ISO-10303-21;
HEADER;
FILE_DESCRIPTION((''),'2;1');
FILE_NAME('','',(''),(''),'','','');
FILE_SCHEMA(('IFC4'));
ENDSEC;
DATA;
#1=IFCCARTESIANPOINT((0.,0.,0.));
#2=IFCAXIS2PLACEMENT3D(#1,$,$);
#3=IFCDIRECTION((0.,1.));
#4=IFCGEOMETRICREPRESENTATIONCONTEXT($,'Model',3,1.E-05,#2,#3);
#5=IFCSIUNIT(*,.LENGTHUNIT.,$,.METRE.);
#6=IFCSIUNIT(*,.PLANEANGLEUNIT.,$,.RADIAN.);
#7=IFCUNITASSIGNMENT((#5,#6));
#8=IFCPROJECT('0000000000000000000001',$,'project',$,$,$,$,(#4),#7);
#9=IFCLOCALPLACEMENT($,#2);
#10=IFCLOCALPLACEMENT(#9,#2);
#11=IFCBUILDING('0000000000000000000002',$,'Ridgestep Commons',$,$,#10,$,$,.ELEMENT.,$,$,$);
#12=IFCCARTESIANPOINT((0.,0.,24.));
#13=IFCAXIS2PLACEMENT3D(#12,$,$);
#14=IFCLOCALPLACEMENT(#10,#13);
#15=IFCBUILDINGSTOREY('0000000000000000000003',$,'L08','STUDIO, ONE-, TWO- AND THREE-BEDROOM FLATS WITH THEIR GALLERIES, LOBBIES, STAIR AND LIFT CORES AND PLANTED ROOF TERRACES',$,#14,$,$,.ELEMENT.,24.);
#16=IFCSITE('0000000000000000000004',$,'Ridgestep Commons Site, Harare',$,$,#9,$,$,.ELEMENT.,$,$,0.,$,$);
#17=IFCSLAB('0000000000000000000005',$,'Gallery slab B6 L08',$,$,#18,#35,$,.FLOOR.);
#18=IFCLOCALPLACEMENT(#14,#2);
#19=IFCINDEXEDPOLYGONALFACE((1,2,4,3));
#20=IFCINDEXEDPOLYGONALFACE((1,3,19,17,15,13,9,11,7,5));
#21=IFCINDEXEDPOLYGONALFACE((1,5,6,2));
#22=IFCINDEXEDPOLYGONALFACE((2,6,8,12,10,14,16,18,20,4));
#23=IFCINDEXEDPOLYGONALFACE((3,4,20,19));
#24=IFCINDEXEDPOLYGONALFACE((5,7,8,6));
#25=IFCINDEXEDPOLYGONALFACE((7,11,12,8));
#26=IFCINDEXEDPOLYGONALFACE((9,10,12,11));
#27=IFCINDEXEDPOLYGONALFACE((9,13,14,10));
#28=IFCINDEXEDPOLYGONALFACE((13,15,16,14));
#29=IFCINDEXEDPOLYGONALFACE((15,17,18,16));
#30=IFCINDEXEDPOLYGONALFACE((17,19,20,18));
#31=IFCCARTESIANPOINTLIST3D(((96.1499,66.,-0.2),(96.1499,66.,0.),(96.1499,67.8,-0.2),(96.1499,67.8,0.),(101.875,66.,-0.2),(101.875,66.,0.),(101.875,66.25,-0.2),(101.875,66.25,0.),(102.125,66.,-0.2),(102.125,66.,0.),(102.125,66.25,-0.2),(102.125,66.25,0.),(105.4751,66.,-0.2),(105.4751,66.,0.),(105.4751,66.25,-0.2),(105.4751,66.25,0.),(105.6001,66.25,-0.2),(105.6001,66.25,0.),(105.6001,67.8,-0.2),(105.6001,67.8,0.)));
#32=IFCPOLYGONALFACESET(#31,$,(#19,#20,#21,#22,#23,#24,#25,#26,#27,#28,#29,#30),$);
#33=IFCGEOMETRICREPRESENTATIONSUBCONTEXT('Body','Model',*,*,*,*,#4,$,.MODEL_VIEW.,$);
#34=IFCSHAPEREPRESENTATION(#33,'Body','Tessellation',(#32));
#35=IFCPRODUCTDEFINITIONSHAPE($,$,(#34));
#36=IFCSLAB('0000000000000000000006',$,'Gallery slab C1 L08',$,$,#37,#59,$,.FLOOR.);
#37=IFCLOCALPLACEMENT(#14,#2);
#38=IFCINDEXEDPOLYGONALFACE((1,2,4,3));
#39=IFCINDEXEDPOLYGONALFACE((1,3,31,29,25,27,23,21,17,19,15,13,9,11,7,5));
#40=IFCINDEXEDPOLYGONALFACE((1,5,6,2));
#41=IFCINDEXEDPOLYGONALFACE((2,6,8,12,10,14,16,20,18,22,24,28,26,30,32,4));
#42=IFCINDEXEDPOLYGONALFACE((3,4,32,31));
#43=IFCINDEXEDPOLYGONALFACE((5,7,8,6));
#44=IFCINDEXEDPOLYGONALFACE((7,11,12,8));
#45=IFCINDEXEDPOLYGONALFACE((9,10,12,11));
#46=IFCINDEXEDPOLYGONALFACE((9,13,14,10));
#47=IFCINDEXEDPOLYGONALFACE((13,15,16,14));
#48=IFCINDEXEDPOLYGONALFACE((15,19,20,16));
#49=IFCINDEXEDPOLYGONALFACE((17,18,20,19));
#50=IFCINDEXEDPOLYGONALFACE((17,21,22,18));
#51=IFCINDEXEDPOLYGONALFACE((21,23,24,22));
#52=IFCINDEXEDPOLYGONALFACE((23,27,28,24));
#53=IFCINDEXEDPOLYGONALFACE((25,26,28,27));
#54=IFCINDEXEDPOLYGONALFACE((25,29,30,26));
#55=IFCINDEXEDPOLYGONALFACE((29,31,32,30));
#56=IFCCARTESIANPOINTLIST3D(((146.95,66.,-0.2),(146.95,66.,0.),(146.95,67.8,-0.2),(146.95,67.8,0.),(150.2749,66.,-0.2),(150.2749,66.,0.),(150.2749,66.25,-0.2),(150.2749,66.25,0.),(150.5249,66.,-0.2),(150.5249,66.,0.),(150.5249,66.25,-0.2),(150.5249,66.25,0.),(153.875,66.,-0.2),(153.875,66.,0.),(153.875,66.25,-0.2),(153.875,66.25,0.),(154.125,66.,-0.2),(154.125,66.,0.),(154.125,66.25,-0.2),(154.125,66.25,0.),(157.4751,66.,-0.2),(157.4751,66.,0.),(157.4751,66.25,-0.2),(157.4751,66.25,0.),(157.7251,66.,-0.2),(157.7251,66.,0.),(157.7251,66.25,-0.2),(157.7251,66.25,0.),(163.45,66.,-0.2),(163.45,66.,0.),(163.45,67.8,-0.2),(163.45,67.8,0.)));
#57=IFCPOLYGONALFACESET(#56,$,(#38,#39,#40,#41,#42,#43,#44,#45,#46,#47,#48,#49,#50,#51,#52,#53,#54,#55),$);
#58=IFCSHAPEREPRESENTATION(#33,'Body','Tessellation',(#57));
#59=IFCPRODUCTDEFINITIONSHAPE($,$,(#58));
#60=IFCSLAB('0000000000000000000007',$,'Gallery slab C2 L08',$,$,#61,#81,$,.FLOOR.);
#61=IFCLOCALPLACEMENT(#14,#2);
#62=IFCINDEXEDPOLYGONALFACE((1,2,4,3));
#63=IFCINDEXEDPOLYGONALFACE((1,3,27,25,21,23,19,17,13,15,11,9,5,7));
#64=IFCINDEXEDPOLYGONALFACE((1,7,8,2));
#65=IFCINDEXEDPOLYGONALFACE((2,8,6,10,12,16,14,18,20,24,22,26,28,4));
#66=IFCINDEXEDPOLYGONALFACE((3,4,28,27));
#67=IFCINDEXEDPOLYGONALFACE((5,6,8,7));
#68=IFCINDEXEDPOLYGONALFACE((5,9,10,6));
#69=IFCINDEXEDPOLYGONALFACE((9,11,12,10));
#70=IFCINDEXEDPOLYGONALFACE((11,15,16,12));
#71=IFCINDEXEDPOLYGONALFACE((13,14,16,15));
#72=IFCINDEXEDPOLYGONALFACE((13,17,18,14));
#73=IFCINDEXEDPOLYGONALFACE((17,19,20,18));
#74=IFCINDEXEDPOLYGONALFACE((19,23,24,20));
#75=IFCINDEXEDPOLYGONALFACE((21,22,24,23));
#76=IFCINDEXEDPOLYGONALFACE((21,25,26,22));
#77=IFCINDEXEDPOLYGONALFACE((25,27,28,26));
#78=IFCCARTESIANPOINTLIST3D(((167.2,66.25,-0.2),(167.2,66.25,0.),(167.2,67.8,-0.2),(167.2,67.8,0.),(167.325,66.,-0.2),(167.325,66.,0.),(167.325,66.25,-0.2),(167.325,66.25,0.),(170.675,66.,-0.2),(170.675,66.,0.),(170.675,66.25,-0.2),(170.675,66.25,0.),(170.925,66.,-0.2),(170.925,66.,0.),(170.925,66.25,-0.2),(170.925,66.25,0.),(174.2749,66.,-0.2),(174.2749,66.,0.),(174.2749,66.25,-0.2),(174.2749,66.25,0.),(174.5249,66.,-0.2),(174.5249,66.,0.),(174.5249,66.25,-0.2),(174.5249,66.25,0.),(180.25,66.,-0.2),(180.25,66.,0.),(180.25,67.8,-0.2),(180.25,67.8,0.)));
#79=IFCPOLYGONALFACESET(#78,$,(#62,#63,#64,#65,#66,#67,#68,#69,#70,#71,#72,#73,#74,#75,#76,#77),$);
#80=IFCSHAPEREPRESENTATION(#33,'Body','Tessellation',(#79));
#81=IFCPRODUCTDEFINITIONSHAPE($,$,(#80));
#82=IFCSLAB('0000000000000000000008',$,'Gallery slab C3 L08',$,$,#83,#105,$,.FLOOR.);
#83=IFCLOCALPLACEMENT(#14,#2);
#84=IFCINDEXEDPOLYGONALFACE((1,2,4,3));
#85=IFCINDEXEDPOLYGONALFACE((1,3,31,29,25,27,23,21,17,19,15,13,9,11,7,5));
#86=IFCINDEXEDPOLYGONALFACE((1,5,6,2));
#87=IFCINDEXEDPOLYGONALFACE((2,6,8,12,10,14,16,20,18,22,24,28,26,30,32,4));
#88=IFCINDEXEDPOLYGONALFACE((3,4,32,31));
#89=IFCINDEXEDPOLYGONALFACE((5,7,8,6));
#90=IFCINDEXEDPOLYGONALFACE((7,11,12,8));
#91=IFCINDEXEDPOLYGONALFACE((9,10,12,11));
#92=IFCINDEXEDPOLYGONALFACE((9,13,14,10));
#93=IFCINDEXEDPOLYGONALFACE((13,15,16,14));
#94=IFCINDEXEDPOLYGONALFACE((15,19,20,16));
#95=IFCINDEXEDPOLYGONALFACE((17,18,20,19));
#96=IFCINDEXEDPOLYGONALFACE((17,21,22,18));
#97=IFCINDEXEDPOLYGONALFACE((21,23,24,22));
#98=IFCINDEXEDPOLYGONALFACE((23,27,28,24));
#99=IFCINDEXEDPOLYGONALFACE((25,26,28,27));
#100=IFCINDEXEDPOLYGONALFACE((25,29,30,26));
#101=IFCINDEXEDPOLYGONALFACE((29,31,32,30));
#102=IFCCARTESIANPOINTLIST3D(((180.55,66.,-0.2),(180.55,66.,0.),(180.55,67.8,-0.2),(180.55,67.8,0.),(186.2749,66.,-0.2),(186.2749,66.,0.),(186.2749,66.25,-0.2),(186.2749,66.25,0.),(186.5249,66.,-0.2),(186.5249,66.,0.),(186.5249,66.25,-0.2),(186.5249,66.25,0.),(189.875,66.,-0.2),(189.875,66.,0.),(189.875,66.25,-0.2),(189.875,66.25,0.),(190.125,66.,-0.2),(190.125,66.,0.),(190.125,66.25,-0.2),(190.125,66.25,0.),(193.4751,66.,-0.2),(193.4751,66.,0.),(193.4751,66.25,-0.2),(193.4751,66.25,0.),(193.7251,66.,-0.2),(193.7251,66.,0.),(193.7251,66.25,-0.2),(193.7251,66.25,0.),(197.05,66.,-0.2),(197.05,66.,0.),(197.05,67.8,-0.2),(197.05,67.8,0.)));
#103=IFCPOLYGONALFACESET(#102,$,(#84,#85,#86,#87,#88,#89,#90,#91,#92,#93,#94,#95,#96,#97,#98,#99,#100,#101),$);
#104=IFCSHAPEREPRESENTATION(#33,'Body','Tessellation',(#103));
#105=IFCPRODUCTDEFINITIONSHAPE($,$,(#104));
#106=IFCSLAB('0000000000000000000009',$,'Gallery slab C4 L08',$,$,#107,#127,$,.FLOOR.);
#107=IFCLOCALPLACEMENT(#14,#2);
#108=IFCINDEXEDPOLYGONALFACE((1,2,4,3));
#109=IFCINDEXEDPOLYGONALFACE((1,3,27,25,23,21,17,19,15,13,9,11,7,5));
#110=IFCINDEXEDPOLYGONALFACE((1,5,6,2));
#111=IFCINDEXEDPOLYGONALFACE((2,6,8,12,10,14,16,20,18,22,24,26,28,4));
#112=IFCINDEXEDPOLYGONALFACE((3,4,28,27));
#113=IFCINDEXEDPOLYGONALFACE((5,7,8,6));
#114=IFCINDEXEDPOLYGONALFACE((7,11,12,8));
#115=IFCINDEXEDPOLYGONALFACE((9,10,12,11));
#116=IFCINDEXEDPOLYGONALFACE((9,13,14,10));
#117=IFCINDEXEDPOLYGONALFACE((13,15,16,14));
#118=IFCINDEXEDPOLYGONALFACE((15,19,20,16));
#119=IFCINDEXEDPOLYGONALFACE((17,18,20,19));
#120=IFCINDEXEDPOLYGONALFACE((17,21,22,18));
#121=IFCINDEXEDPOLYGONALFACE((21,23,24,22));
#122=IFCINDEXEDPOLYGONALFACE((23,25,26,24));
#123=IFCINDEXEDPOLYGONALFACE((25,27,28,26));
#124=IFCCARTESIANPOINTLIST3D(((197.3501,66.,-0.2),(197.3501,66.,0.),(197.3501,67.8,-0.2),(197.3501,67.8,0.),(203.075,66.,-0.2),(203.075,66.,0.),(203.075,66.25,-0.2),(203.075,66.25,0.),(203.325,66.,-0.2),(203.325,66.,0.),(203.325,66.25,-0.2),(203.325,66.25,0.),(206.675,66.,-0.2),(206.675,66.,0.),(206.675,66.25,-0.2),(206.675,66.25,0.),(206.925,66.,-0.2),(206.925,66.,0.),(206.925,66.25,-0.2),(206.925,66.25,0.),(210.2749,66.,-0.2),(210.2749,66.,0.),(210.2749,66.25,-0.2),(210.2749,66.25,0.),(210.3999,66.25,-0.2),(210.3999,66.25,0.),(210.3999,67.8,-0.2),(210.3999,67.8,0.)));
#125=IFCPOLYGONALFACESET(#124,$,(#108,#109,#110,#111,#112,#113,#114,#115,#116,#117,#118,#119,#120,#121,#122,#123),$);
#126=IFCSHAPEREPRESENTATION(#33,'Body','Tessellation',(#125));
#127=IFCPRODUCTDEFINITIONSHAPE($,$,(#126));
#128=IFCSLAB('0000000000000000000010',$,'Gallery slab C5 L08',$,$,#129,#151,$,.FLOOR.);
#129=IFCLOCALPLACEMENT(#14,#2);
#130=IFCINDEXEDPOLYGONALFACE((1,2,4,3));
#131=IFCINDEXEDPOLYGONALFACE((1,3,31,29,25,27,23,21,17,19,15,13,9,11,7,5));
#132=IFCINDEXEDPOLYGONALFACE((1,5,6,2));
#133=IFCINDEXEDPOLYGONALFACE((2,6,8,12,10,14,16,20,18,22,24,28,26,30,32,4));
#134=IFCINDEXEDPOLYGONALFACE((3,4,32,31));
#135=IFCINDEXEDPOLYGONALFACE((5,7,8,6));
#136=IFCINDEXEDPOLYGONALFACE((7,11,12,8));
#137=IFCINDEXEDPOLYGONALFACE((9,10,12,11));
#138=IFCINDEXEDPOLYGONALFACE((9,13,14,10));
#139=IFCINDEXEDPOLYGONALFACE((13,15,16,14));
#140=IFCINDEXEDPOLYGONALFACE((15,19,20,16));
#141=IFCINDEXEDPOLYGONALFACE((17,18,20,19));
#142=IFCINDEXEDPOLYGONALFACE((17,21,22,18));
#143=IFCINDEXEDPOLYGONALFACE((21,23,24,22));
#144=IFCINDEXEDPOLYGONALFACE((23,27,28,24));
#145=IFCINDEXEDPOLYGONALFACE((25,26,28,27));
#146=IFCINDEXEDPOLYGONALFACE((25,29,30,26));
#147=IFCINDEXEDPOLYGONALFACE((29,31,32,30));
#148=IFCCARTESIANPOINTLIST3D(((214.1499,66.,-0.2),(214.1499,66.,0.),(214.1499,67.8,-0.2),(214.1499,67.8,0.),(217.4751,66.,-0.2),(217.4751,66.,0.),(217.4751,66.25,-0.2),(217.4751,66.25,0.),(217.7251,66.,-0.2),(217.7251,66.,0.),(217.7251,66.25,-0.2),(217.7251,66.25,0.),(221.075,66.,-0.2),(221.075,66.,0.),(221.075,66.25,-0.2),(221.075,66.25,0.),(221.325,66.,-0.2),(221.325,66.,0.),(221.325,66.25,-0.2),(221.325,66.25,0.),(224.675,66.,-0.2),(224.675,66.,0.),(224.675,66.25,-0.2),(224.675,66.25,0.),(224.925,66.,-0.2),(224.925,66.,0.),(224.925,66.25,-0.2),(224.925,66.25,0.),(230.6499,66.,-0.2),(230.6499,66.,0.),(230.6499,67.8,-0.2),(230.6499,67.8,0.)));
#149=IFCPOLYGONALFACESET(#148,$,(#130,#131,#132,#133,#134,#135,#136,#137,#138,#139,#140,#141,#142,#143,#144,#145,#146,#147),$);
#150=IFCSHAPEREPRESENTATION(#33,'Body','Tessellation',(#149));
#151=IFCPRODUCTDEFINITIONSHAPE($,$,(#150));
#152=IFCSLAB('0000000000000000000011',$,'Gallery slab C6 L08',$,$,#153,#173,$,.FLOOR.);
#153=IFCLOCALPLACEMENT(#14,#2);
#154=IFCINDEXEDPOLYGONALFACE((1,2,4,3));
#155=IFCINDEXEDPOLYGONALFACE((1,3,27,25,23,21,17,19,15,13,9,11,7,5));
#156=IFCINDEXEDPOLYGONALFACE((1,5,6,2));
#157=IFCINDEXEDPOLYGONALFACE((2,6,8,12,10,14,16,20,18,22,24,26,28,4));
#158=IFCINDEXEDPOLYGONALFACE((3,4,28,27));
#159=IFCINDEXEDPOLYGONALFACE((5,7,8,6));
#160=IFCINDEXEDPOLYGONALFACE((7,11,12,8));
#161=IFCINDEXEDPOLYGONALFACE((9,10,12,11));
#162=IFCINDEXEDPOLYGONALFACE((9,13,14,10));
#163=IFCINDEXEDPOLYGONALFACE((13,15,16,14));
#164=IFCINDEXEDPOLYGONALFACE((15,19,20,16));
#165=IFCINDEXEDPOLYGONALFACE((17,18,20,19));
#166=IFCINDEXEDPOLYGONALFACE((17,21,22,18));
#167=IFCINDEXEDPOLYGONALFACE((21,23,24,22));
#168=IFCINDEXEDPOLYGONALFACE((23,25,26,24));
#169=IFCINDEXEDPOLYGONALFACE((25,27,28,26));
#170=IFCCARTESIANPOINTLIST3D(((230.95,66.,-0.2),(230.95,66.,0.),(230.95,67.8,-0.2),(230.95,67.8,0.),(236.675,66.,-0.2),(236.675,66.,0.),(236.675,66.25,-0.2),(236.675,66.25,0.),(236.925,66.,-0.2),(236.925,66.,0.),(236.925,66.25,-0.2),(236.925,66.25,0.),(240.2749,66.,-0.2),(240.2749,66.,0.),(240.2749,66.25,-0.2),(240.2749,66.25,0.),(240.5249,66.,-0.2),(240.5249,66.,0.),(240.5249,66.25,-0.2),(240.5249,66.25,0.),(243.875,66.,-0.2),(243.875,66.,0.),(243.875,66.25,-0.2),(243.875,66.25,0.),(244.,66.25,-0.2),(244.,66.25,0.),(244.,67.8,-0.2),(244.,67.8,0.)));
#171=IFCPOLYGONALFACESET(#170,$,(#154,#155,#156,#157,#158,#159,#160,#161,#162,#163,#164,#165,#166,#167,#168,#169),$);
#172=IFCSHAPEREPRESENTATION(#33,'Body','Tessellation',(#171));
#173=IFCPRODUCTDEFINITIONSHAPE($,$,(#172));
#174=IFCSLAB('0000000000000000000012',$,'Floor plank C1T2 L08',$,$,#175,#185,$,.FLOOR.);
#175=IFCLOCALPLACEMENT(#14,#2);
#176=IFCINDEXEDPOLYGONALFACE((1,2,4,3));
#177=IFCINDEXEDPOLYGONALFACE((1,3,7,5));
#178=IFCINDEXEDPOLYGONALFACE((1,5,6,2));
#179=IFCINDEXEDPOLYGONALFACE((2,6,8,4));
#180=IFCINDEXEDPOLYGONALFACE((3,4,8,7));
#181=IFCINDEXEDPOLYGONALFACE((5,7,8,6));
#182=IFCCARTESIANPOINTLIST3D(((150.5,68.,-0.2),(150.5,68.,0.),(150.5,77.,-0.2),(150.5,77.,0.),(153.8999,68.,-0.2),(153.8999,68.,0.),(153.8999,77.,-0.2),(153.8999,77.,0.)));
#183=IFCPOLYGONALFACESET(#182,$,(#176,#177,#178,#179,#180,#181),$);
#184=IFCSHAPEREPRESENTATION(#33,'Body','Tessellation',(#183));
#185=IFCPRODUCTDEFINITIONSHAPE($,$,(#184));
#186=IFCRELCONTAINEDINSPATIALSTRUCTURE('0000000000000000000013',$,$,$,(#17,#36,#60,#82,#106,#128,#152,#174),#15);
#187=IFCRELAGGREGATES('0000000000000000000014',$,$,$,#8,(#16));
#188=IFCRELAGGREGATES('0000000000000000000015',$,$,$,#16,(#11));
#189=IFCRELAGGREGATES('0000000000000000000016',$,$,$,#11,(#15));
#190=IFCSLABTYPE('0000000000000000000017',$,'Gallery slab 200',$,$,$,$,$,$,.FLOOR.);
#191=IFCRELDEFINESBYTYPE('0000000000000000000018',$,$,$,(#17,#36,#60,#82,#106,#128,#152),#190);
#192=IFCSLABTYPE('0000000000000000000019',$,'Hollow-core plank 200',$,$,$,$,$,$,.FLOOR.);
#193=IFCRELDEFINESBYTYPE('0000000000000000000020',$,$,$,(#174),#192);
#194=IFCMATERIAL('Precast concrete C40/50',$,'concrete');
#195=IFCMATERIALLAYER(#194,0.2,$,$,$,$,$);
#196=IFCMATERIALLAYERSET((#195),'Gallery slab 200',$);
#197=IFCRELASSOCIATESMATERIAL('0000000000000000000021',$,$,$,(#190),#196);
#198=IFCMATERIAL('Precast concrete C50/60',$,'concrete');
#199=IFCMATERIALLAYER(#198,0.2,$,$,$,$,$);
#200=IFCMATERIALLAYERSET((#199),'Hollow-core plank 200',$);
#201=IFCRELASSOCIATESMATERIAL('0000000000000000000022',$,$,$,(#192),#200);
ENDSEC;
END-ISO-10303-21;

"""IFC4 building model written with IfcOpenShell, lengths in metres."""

from ifc_helpers import new_model, si_unit, direction, frame, origin, place, context, subcontext, project, spatial, polyline, outline, extrude, material, layer, layer_set, type_object, element, save


model = new_model("IFC4")

# Units and contexts
model_context = context("Model", 3, precision=1e-05, world=origin(), true_north=direction((0.0, 1.0)))
body_context = subcontext(model_context, "Body", "Model", "MODEL_VIEW")
ifc_project = project(units=[si_unit("LENGTHUNIT", "METRE"), si_unit("PLANEANGLEUNIT", "RADIAN")], contexts=[model_context])

# Site, building, storey
site_placement = place(None, origin())
site = spatial("IfcSite", under=ifc_project, at=site_placement, Name="Ridgestep Commons Site, Harare", CompositionType="ELEMENT", RefElevation=0.0)
building_placement = place(site_placement, origin())
building = spatial("IfcBuilding", under=site, at=building_placement, Name="Ridgestep Commons", CompositionType="ELEMENT")
storey_placement = place(building_placement, frame((0.0, 0.0, 24.0)))
storey = spatial("IfcBuildingStorey", under=building, at=storey_placement, Name="L08", Description="STUDIO, ONE-, TWO- AND THREE-BEDROOM FLATS WITH THEIR GALLERIES, LOBBIES, STAIR AND LIFT CORES AND PLANTED ROOF TERRACES", CompositionType="ELEMENT", Elevation=24.0)

# Slabs
ifc_material_1 = material(Name="Precast concrete C40/50", Category="concrete")
ifc_layer_1 = layer(ifc_material_1, 0.2)
ifc_layer_set_1 = layer_set([ifc_layer_1], Name="Gallery slab 200")
slab_type_1 = type_object("IfcSlabType", Name="Gallery slab 200", PredefinedType="FLOOR", material=ifc_layer_set_1)
slab_1_placement = place(storey_placement, frame((0.0, 0.0, -0.2)))
element("IfcSlab", 1, at=slab_1_placement, inside=storey, type_object=slab_type_1, Name="Gallery slab B6 L08", PredefinedType="FLOOR", context=body_context, shape_type="SweptSolid", body=[
    extrude(outline(polyline([(96.1499, 67.8), (96.1499, 66.0), (101.875, 66.0), (101.875, 66.25), (102.125, 66.25), (102.125, 66.0), (105.4751, 66.0), (105.4751, 66.25), (105.6001, 66.25), (105.6001, 67.8), (96.1499, 67.8)])), origin(), (0.0, 0.0, 1.0), 0.2),
])
slab_2_placement = place(storey_placement, frame((0.0, 0.0, -0.2)))
element("IfcSlab", 2, at=slab_2_placement, inside=storey, type_object=slab_type_1, Name="Gallery slab C1 L08", PredefinedType="FLOOR", context=body_context, shape_type="SweptSolid", body=[
    extrude(outline(polyline([(163.45, 67.8), (146.95, 67.8), (146.95, 66.0), (150.2749, 66.0), (150.2749, 66.25), (150.5249, 66.25), (150.5249, 66.0), (153.875, 66.0), (153.875, 66.25), (154.125, 66.25), (154.125, 66.0), (157.4751, 66.0), (157.4751, 66.25), (157.7251, 66.25), (157.7251, 66.0), (163.45, 66.0), (163.45, 67.8)])), origin(), (0.0, 0.0, 1.0), 0.2),
])
slab_3_placement = place(storey_placement, frame((0.0, 0.0, -0.2)))
element("IfcSlab", 3, at=slab_3_placement, inside=storey, type_object=slab_type_1, Name="Gallery slab C2 L08", PredefinedType="FLOOR", context=body_context, shape_type="SweptSolid", body=[
    extrude(outline(polyline([(180.25, 66.0), (180.25, 67.8), (167.2, 67.8), (167.2, 66.25), (167.325, 66.25), (167.325, 66.0), (170.675, 66.0), (170.675, 66.25), (170.925, 66.25), (170.925, 66.0), (174.2749, 66.0), (174.2749, 66.25), (174.5249, 66.25), (174.5249, 66.0), (180.25, 66.0)])), origin(), (0.0, 0.0, 1.0), 0.2),
])
slab_4_placement = place(storey_placement, frame((0.0, 0.0, -0.2)))
element("IfcSlab", 4, at=slab_4_placement, inside=storey, type_object=slab_type_1, Name="Gallery slab C3 L08", PredefinedType="FLOOR", context=body_context, shape_type="SweptSolid", body=[
    extrude(outline(polyline([(197.05, 67.8), (180.55, 67.8), (180.55, 66.0), (186.2749, 66.0), (186.2749, 66.25), (186.5249, 66.25), (186.5249, 66.0), (189.875, 66.0), (189.875, 66.25), (190.125, 66.25), (190.125, 66.0), (193.4751, 66.0), (193.4751, 66.25), (193.7251, 66.25), (193.7251, 66.0), (197.05, 66.0), (197.05, 67.8)])), origin(), (0.0, 0.0, 1.0), 0.2),
])
slab_5_placement = place(storey_placement, frame((0.0, 0.0, -0.2)))
element("IfcSlab", 5, at=slab_5_placement, inside=storey, type_object=slab_type_1, Name="Gallery slab C4 L08", PredefinedType="FLOOR", context=body_context, shape_type="SweptSolid", body=[
    extrude(outline(polyline([(210.3999, 67.8), (197.3501, 67.8), (197.3501, 66.0), (203.075, 66.0), (203.075, 66.25), (203.325, 66.25), (203.325, 66.0), (206.675, 66.0), (206.675, 66.25), (206.925, 66.25), (206.925, 66.0), (210.2749, 66.0), (210.2749, 66.25), (210.3999, 66.25), (210.3999, 67.8)])), origin(), (0.0, 0.0, 1.0), 0.2),
])
slab_6_placement = place(storey_placement, frame((0.0, 0.0, -0.2)))
element("IfcSlab", 6, at=slab_6_placement, inside=storey, type_object=slab_type_1, Name="Gallery slab C5 L08", PredefinedType="FLOOR", context=body_context, shape_type="SweptSolid", body=[
    extrude(outline(polyline([(230.6499, 67.8), (214.1499, 67.8), (214.1499, 66.0), (217.4751, 66.0), (217.4751, 66.25), (217.7251, 66.25), (217.7251, 66.0), (221.075, 66.0), (221.075, 66.25), (221.325, 66.25), (221.325, 66.0), (224.675, 66.0), (224.675, 66.25), (224.925, 66.25), (224.925, 66.0), (230.6499, 66.0), (230.6499, 67.8)])), origin(), (0.0, 0.0, 1.0), 0.2),
])
slab_7_placement = place(storey_placement, frame((0.0, 0.0, -0.2)))
element("IfcSlab", 7, at=slab_7_placement, inside=storey, type_object=slab_type_1, Name="Gallery slab C6 L08", PredefinedType="FLOOR", context=body_context, shape_type="SweptSolid", body=[
    extrude(outline(polyline([(244.0, 67.8), (230.95, 67.8), (230.95, 66.0), (236.675, 66.0), (236.675, 66.25), (236.925, 66.25), (236.925, 66.0), (240.2749, 66.0), (240.2749, 66.25), (240.5249, 66.25), (240.5249, 66.0), (243.875, 66.0), (243.875, 66.25), (244.0, 66.25), (244.0, 67.8)])), origin(), (0.0, 0.0, 1.0), 0.2),
])
ifc_material_2 = material(Name="Precast concrete C50/60", Category="concrete")
ifc_layer_2 = layer(ifc_material_2, 0.2)
ifc_layer_set_2 = layer_set([ifc_layer_2], Name="Hollow-core plank 200")
slab_type_2 = type_object("IfcSlabType", Name="Hollow-core plank 200", PredefinedType="FLOOR", material=ifc_layer_set_2)
slab_8_placement = place(storey_placement, frame((0.0, 0.0, -0.2)))
element("IfcSlab", 8, at=slab_8_placement, inside=storey, type_object=slab_type_2, Name="Floor plank C1T2 L08", PredefinedType="FLOOR", context=body_context, shape_type="SweptSolid", body=[
    extrude(outline(polyline([(153.8999, 68.0), (153.8999, 77.0), (150.5, 77.0), (150.5, 68.0), (153.8999, 68.0)])), origin(), (0.0, 0.0, 1.0), 0.2),
])

save(model, "model.ifc")
